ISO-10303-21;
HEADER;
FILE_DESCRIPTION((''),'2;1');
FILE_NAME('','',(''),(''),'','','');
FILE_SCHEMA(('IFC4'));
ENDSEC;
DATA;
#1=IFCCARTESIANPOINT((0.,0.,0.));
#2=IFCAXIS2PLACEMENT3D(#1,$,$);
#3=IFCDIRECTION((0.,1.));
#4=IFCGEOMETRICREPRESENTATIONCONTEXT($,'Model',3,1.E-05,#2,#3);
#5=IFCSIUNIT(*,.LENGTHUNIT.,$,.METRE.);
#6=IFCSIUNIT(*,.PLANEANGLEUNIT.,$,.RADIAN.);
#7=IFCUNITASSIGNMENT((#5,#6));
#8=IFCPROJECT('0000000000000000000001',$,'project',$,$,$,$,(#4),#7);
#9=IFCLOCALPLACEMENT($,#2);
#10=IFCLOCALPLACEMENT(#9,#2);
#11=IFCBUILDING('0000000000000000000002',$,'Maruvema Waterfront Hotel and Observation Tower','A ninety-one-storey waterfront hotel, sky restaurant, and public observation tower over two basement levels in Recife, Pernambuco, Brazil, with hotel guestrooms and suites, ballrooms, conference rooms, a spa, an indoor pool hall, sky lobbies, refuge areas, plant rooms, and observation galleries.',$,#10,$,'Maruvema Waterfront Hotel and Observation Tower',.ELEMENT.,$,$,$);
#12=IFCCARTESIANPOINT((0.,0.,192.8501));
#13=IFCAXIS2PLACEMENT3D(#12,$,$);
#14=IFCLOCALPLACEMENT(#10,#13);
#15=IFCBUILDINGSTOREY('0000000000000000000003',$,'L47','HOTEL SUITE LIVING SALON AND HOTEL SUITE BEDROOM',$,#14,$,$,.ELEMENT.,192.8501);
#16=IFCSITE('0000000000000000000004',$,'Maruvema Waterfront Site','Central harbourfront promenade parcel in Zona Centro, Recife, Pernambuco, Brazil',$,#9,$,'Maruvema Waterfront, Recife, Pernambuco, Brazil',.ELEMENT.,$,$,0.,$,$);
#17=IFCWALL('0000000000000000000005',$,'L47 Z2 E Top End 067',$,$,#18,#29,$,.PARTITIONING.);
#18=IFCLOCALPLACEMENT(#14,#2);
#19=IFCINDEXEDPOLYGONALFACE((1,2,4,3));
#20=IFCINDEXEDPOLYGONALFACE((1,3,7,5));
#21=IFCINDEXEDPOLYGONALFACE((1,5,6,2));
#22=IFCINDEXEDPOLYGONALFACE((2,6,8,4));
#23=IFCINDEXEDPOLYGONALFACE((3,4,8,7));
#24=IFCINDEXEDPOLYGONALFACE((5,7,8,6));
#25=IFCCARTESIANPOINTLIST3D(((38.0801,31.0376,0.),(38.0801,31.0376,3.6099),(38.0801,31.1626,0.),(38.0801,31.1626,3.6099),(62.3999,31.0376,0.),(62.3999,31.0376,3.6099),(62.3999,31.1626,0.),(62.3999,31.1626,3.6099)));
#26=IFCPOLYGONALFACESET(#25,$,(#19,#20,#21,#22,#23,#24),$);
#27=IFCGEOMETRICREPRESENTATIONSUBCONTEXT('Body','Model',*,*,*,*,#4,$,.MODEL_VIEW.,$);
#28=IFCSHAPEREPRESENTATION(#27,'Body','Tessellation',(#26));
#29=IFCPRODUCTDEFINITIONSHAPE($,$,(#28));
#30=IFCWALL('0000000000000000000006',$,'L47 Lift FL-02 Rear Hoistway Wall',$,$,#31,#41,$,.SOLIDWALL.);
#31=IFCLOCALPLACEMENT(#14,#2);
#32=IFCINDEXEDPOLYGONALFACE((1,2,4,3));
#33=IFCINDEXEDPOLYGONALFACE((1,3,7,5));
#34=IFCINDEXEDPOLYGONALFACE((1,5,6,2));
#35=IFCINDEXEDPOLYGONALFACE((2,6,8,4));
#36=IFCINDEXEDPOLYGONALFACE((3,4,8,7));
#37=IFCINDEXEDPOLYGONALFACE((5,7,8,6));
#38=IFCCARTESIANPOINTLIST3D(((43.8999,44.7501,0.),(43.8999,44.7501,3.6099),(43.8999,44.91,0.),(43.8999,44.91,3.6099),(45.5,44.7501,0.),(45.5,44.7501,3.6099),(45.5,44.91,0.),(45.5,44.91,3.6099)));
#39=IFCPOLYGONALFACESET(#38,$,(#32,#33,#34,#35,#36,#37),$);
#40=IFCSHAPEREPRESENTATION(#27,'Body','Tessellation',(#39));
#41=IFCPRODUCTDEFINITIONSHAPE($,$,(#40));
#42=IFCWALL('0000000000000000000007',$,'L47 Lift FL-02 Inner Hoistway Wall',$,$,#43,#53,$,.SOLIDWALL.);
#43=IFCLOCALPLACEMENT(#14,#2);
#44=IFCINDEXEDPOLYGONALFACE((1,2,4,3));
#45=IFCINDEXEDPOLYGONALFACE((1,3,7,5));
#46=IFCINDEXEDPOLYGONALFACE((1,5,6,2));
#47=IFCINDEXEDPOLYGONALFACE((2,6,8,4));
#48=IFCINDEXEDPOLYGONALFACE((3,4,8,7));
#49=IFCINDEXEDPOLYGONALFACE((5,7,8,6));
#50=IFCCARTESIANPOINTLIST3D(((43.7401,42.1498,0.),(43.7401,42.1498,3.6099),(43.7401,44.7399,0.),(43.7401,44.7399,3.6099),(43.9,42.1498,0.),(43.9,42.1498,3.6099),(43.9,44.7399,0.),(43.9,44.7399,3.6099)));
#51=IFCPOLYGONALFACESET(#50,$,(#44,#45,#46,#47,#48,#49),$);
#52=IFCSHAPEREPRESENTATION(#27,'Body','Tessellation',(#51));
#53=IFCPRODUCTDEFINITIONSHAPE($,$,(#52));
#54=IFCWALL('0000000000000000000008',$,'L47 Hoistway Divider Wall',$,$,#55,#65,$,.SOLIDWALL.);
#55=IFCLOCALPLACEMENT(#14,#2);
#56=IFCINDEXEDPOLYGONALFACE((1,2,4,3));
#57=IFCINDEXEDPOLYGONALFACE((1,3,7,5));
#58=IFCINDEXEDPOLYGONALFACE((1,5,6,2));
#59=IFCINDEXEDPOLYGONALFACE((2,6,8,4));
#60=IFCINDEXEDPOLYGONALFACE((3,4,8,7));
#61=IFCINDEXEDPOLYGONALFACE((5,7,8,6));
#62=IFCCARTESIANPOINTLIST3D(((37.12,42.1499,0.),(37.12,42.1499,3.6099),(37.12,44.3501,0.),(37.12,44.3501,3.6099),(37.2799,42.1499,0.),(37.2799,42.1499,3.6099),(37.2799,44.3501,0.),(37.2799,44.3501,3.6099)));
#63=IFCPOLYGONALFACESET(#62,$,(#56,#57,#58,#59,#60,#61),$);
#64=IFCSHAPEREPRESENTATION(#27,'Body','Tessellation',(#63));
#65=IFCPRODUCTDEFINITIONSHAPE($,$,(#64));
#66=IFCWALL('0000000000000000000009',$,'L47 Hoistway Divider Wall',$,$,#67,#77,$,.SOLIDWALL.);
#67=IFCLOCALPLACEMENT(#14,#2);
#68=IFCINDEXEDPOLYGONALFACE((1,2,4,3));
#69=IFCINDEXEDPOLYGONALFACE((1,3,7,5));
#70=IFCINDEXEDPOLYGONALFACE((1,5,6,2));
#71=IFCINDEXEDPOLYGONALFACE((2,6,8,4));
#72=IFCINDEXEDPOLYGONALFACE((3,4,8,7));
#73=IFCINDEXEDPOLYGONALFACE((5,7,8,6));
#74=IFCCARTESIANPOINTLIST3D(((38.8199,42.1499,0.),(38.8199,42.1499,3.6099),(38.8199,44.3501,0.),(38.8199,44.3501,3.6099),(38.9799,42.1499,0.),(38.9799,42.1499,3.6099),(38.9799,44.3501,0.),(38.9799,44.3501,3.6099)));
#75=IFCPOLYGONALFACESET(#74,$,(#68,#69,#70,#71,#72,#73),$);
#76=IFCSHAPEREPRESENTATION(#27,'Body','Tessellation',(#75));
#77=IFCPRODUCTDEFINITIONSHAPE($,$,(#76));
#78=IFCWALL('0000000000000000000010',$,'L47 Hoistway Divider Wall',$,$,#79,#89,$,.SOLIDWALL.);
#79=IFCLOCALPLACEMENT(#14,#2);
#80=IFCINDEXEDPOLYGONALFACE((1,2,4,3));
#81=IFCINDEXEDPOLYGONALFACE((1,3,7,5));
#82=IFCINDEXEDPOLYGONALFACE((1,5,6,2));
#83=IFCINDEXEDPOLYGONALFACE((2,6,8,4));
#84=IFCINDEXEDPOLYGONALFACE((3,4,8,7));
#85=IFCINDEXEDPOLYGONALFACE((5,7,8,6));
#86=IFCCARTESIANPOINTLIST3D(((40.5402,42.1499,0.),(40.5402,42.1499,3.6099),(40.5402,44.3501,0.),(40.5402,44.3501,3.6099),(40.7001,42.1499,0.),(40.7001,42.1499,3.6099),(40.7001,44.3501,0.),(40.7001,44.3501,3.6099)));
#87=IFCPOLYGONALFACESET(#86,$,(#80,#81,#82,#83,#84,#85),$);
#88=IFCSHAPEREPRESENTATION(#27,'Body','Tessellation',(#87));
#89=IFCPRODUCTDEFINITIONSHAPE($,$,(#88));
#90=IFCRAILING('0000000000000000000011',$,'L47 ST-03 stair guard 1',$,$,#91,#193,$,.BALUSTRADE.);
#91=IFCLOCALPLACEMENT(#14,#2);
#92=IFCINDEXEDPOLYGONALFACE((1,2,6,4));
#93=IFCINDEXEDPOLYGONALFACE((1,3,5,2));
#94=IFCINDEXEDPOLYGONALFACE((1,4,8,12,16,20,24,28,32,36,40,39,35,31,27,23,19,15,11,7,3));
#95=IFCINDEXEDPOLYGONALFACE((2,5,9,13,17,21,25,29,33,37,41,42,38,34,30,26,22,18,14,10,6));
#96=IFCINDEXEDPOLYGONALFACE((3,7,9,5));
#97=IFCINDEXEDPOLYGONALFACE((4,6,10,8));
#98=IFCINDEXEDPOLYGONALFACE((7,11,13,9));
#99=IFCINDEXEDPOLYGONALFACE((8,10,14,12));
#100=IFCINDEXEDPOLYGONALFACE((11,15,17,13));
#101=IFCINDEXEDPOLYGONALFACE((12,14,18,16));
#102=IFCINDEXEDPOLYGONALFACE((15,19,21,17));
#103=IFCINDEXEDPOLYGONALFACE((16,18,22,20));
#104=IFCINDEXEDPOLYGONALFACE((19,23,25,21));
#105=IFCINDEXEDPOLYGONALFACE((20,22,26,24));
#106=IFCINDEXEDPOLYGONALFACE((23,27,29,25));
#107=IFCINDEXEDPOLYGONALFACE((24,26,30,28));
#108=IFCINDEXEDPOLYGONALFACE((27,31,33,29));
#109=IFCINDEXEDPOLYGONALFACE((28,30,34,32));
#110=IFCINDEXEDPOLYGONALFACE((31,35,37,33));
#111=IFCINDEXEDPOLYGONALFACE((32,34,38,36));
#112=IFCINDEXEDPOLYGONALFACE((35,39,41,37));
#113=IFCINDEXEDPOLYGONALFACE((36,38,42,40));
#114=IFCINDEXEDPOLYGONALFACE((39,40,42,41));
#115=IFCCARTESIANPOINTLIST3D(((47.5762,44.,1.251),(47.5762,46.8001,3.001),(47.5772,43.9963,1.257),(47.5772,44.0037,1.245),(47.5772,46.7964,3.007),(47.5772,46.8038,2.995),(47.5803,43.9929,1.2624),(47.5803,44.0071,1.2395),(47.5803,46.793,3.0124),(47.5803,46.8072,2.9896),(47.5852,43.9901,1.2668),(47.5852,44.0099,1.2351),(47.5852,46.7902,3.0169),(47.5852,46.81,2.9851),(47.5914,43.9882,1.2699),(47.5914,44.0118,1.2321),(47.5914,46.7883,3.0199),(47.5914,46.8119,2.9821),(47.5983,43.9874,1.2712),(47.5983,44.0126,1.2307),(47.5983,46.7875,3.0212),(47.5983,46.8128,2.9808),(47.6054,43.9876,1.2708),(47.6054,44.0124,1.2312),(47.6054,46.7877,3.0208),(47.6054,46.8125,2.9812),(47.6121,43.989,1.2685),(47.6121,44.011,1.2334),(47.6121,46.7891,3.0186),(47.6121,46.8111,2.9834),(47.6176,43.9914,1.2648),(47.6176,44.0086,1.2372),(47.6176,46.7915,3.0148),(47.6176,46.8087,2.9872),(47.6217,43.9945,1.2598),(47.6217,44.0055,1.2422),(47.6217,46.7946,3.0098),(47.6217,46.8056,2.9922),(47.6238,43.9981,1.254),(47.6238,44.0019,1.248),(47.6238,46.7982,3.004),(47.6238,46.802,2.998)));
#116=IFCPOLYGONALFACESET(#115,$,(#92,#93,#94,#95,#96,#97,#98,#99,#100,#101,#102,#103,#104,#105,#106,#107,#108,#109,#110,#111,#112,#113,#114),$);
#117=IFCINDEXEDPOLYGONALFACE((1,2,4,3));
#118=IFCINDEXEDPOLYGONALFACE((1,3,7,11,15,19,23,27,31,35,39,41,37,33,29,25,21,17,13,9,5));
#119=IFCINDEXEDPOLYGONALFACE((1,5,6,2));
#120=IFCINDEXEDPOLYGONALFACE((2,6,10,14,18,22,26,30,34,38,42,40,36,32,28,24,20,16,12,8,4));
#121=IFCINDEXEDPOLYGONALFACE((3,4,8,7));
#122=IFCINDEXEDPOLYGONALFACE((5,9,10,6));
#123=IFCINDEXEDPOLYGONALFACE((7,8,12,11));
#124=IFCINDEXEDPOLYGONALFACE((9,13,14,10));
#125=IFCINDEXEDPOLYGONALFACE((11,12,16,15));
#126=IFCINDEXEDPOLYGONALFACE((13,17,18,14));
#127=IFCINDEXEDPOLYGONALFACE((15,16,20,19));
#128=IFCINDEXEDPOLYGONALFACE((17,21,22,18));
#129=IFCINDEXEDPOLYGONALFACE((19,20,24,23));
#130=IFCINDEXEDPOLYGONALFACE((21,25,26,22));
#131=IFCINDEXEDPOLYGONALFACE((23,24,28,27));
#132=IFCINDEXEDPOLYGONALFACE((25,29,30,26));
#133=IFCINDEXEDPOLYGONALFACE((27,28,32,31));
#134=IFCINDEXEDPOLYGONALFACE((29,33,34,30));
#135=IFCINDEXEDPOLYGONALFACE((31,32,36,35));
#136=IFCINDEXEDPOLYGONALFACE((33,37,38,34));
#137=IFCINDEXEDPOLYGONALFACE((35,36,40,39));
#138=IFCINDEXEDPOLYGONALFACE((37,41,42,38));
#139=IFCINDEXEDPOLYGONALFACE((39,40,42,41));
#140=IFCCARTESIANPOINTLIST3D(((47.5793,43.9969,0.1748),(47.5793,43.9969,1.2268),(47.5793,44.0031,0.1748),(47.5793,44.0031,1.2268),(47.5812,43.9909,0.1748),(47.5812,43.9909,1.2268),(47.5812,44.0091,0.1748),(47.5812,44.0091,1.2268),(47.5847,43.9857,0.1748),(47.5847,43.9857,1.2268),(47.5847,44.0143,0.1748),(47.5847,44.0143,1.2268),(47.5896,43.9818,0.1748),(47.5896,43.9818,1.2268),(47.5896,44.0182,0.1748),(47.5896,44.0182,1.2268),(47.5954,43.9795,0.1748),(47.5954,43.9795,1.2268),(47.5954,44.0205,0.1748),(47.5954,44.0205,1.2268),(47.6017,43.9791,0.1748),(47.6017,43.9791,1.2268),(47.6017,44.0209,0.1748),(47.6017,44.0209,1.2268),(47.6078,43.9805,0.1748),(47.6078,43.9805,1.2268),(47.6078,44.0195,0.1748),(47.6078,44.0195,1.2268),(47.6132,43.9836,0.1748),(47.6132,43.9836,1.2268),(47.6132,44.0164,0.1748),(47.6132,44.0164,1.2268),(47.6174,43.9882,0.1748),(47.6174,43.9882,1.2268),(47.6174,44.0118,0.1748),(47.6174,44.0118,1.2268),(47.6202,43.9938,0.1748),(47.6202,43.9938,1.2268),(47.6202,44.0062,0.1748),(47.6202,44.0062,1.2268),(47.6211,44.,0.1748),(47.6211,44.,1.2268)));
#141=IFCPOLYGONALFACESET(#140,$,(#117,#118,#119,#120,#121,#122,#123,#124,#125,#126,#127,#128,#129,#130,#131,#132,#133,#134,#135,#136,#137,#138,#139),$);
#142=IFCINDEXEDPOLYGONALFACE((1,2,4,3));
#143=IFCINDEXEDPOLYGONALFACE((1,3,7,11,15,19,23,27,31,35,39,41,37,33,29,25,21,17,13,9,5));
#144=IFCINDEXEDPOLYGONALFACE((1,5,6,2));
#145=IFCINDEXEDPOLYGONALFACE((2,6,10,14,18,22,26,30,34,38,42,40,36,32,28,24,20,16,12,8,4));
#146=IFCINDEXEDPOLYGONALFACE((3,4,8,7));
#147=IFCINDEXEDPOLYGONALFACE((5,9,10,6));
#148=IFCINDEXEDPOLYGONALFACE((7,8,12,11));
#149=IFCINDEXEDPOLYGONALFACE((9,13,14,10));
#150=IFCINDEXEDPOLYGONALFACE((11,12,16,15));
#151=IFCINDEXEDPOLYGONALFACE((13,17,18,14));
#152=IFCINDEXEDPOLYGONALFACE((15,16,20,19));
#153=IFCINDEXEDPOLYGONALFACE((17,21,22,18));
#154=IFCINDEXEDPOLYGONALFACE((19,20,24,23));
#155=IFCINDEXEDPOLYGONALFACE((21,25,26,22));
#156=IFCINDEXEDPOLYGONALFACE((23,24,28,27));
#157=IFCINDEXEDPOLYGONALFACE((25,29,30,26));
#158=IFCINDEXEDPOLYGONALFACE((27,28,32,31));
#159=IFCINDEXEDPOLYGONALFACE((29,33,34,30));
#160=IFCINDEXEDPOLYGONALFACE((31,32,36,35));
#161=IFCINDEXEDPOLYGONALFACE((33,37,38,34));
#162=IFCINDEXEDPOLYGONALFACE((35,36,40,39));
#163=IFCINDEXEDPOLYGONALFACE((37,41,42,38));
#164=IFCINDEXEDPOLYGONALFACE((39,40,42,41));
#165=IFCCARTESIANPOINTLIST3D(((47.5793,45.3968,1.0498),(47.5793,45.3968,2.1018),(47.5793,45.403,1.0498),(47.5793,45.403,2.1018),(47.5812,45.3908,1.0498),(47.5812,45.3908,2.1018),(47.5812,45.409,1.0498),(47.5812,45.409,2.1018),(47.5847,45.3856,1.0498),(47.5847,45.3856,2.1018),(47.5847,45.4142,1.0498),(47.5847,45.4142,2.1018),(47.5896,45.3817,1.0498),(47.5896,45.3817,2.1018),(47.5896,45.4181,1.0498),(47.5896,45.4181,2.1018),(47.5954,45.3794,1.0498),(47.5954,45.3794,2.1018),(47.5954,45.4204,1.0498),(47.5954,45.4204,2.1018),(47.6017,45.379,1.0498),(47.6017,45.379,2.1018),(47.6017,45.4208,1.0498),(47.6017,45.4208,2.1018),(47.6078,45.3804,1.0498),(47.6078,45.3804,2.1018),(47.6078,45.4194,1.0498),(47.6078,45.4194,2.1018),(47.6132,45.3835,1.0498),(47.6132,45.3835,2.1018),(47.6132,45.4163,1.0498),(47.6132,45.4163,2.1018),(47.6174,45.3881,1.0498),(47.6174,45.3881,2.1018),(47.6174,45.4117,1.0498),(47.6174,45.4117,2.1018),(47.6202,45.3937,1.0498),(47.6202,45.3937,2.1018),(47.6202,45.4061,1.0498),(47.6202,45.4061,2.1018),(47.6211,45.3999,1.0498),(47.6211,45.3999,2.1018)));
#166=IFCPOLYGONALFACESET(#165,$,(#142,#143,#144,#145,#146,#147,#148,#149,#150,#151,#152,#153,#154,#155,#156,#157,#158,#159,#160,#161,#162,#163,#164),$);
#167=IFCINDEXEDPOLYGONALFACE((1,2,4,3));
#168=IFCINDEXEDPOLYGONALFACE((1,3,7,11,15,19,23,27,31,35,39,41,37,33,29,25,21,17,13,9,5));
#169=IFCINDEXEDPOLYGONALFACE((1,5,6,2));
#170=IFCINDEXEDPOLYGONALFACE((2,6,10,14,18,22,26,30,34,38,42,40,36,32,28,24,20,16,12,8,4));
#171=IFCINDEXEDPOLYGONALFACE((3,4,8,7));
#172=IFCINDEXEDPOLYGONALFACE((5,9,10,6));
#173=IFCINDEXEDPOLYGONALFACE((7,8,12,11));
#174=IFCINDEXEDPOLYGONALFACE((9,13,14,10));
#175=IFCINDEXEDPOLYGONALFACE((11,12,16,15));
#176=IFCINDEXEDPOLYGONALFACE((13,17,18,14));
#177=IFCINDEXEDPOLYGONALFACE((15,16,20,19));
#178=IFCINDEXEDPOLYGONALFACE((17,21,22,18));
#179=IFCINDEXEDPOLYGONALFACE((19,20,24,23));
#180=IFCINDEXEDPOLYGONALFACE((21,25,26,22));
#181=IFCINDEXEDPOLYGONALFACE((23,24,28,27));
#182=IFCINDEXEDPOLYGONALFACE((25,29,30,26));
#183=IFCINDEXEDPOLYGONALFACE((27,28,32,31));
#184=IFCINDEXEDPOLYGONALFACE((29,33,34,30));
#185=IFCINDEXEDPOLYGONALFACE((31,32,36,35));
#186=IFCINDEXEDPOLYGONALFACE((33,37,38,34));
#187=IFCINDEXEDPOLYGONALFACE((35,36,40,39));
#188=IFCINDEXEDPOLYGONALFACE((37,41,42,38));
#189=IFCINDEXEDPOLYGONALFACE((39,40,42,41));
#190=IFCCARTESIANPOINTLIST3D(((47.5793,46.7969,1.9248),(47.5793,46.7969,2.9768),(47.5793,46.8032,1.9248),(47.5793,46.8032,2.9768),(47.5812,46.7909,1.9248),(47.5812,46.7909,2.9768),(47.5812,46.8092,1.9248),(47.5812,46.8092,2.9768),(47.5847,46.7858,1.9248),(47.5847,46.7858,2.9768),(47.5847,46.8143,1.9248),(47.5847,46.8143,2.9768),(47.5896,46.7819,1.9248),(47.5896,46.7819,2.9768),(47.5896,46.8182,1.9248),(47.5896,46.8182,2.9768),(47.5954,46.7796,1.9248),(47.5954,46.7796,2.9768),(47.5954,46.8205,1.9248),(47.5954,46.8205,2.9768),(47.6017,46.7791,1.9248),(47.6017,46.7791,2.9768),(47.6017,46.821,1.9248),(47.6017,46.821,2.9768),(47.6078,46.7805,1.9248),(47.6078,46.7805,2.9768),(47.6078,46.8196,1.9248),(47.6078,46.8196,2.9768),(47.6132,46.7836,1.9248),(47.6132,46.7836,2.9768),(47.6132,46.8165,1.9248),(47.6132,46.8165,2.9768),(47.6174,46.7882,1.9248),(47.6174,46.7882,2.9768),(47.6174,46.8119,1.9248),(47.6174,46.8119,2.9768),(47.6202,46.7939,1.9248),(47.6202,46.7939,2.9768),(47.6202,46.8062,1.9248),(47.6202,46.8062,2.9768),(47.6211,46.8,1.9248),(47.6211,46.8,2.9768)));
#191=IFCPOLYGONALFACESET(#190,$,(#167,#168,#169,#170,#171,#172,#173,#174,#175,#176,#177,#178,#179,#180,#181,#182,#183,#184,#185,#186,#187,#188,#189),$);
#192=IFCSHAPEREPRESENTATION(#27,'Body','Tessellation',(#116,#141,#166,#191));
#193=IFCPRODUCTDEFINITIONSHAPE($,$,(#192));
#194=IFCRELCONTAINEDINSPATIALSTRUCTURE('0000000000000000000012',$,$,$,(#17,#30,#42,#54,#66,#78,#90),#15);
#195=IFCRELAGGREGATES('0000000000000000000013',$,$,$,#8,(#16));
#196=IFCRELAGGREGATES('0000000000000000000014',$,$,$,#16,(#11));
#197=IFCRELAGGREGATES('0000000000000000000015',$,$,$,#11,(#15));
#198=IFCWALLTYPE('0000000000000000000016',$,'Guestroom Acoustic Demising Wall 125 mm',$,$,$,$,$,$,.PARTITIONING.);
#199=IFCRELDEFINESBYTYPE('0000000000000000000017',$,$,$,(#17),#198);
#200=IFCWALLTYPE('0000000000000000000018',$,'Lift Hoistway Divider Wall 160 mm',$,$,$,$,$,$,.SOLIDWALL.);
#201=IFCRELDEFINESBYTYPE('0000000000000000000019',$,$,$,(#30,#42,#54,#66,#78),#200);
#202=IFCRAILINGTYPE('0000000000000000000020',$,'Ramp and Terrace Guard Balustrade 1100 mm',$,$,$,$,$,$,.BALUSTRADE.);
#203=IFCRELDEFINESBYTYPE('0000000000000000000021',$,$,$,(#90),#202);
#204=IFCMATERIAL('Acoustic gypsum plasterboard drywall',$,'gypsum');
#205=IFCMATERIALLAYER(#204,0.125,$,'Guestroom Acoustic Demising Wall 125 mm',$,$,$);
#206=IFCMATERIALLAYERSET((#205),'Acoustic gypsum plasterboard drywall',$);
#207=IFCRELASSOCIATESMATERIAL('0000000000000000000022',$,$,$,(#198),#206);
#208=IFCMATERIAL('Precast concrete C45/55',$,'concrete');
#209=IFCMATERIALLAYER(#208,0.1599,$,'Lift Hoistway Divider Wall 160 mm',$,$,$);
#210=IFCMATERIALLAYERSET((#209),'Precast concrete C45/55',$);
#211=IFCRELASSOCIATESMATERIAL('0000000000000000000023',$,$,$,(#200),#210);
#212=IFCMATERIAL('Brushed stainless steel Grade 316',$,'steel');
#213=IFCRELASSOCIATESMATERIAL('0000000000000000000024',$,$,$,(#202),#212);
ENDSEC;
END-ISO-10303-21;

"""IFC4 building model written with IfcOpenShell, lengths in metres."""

from ifc_helpers import new_model, si_unit, direction, frame, frame_2d, origin, origin_2d, place, context, subcontext, project, spatial, rectangle, circle, extrude, material, layer, layer_set, type_object, element, save


model = new_model("IFC4")

# Units and contexts
model_context = context("Model", 3, precision=1e-05, world=origin(), true_north=direction((0.0, 1.0)))
body_context = subcontext(model_context, "Body", "Model", "MODEL_VIEW")
ifc_project = project(units=[si_unit("LENGTHUNIT", "METRE"), si_unit("PLANEANGLEUNIT", "RADIAN")], contexts=[model_context])

# Site, building, storey
site_placement = place(None, origin())
site = spatial("IfcSite", under=ifc_project, at=site_placement, Name="Maruvema Waterfront Site", Description="Central harbourfront promenade parcel in Zona Centro, Recife, Pernambuco, Brazil", LongName="Maruvema Waterfront, Recife, Pernambuco, Brazil", CompositionType="ELEMENT", RefElevation=0.0)
building_placement = place(site_placement, origin())
building = spatial("IfcBuilding", under=site, at=building_placement, Name="Maruvema Waterfront Hotel and Observation Tower", Description="A ninety-one-storey waterfront hotel, sky restaurant, and public observation tower over two basement levels in Recife, Pernambuco, Brazil, with hotel guestrooms and suites, ballrooms, conference rooms, a spa, an indoor pool hall, sky lobbies, refuge areas, plant rooms, and observation galleries.", LongName="Maruvema Waterfront Hotel and Observation Tower", CompositionType="ELEMENT")
storey_placement = place(building_placement, frame((0.0, 0.0, 192.8501)))
storey = spatial("IfcBuildingStorey", under=building, at=storey_placement, Name="L47", Description="HOTEL SUITE LIVING SALON AND HOTEL SUITE BEDROOM", CompositionType="ELEMENT", Elevation=192.8501)

# Walls
ifc_material_1 = material(Name="Acoustic gypsum plasterboard drywall", Category="gypsum")
ifc_layer_1 = layer(ifc_material_1, 0.125, Name="Guestroom Acoustic Demising Wall 125 mm")
ifc_layer_set_1 = layer_set([ifc_layer_1], Name="Acoustic gypsum plasterboard drywall")
wall_type_1 = type_object("IfcWallType", Name="Guestroom Acoustic Demising Wall 125 mm", PredefinedType="PARTITIONING", material=ifc_layer_set_1)
wall_1_placement = place(storey_placement, frame((38.0801, 31.1001, 0.0), z_axis=(0.0, 0.0, 1.0), x_axis=(1.0, 0.0, 0.0)))
element("IfcWall", 1, at=wall_1_placement, inside=storey, type_object=wall_type_1, Name="L47 Z2 E Top End 067", PredefinedType="PARTITIONING", context=body_context, shape_type="SweptSolid", body=[
    extrude(rectangle(XDim=24.3198, YDim=0.125, at=frame_2d((12.1599, 0.0))), origin(), (0.0, 0.0, 1.0), 3.6099),
])
ifc_material_2 = material(Name="Precast concrete C45/55", Category="concrete")
ifc_layer_2 = layer(ifc_material_2, 0.1599, Name="Lift Hoistway Divider Wall 160 mm")
ifc_layer_set_2 = layer_set([ifc_layer_2], Name="Precast concrete C45/55")
wall_type_2 = type_object("IfcWallType", Name="Lift Hoistway Divider Wall 160 mm", PredefinedType="SOLIDWALL", material=ifc_layer_set_2)
wall_2_placement = place(storey_placement, frame((43.8999, 44.8301, 0.0), z_axis=(0.0, 0.0, 1.0), x_axis=(1.0, 0.0, 0.0)))
element("IfcWall", 2, at=wall_2_placement, inside=storey, type_object=wall_type_2, Name="L47 Lift FL-02 Rear Hoistway Wall", PredefinedType="SOLIDWALL", context=body_context, shape_type="SweptSolid", body=[
    extrude(rectangle(XDim=1.6001, YDim=0.1599, at=frame_2d((0.8, 0.0))), origin(), (0.0, 0.0, 1.0), 3.6099),
])
wall_3_placement = place(storey_placement, frame((43.8201, 42.1499, 0.0), z_axis=(0.0, 0.0, 1.0), x_axis=(0.0, 1.0, 0.0)))
element("IfcWall", 3, at=wall_3_placement, inside=storey, type_object=wall_type_2, Name="L47 Lift FL-02 Inner Hoistway Wall", PredefinedType="SOLIDWALL", context=body_context, shape_type="SweptSolid", body=[
    extrude(rectangle(XDim=2.5901, YDim=0.1599, at=frame_2d((1.2949, 0.0))), origin(), (0.0, 0.0, 1.0), 3.6099),
])
for number, where, z_axis, x_axis, name in (
    (4, (37.2, 42.1499, 0.0), (0.0, 0.0, 1.0), (0.0, 1.0, 0.0), "L47 Hoistway Divider Wall"),
    (5, (38.8999, 42.1499, 0.0), (0.0, 0.0, 1.0), (0.0, 1.0, 0.0), "L47 Hoistway Divider Wall"),
    (6, (40.6201, 42.1499, 0.0), (0.0, 0.0, 1.0), (0.0, 1.0, 0.0), "L47 Hoistway Divider Wall"),
):
    element("IfcWall", number, at=place(storey_placement, frame(where, z_axis=z_axis, x_axis=x_axis)), inside=storey, type_object=wall_type_2, Name=name, PredefinedType="SOLIDWALL", context=body_context, shape_type="SweptSolid", body=[
        extrude(rectangle(XDim=2.2002, YDim=0.1599, at=frame_2d((1.1001, 0.0))), origin(), (0.0, 0.0, 1.0), 3.6099),
    ])

# Railing
ifc_material_3 = material(Name="Brushed stainless steel Grade 316", Category="steel")
railing_type = type_object("IfcRailingType", Name="Ramp and Terrace Guard Balustrade 1100 mm", PredefinedType="BALUSTRADE", material=ifc_material_3)
railing_1_placement = place(storey_placement, frame((47.6001, 44.0, 0.1748)))
element("IfcRailing", 7, at=railing_1_placement, inside=storey, type_object=railing_type, Name="L47 ST-03 stair guard 1", PredefinedType="BALUSTRADE", context=body_context, shape_type="SweptSolid", body=[
    extrude(circle(Radius=0.0239, at=origin_2d()), frame((0.0, 0.0, 1.0762), z_axis=(0.0, 0.848002, 0.529992), x_axis=(-1.0, 0.0, 0.0)), (0.0, 0.0, 1.0), 3.302),
    extrude(circle(Radius=0.021, at=origin_2d()), origin(), (0.0, 0.0, 1.0), 1.052),
    extrude(circle(Radius=0.021, at=origin_2d()), frame((0.0, 1.3999, 0.875)), (0.0, 0.0, 1.0), 1.052),
    extrude(circle(Radius=0.021, at=origin_2d()), frame((0.0, 2.8, 1.75)), (0.0, 0.0, 1.0), 1.052),
])

save(model, "model.ifc")
